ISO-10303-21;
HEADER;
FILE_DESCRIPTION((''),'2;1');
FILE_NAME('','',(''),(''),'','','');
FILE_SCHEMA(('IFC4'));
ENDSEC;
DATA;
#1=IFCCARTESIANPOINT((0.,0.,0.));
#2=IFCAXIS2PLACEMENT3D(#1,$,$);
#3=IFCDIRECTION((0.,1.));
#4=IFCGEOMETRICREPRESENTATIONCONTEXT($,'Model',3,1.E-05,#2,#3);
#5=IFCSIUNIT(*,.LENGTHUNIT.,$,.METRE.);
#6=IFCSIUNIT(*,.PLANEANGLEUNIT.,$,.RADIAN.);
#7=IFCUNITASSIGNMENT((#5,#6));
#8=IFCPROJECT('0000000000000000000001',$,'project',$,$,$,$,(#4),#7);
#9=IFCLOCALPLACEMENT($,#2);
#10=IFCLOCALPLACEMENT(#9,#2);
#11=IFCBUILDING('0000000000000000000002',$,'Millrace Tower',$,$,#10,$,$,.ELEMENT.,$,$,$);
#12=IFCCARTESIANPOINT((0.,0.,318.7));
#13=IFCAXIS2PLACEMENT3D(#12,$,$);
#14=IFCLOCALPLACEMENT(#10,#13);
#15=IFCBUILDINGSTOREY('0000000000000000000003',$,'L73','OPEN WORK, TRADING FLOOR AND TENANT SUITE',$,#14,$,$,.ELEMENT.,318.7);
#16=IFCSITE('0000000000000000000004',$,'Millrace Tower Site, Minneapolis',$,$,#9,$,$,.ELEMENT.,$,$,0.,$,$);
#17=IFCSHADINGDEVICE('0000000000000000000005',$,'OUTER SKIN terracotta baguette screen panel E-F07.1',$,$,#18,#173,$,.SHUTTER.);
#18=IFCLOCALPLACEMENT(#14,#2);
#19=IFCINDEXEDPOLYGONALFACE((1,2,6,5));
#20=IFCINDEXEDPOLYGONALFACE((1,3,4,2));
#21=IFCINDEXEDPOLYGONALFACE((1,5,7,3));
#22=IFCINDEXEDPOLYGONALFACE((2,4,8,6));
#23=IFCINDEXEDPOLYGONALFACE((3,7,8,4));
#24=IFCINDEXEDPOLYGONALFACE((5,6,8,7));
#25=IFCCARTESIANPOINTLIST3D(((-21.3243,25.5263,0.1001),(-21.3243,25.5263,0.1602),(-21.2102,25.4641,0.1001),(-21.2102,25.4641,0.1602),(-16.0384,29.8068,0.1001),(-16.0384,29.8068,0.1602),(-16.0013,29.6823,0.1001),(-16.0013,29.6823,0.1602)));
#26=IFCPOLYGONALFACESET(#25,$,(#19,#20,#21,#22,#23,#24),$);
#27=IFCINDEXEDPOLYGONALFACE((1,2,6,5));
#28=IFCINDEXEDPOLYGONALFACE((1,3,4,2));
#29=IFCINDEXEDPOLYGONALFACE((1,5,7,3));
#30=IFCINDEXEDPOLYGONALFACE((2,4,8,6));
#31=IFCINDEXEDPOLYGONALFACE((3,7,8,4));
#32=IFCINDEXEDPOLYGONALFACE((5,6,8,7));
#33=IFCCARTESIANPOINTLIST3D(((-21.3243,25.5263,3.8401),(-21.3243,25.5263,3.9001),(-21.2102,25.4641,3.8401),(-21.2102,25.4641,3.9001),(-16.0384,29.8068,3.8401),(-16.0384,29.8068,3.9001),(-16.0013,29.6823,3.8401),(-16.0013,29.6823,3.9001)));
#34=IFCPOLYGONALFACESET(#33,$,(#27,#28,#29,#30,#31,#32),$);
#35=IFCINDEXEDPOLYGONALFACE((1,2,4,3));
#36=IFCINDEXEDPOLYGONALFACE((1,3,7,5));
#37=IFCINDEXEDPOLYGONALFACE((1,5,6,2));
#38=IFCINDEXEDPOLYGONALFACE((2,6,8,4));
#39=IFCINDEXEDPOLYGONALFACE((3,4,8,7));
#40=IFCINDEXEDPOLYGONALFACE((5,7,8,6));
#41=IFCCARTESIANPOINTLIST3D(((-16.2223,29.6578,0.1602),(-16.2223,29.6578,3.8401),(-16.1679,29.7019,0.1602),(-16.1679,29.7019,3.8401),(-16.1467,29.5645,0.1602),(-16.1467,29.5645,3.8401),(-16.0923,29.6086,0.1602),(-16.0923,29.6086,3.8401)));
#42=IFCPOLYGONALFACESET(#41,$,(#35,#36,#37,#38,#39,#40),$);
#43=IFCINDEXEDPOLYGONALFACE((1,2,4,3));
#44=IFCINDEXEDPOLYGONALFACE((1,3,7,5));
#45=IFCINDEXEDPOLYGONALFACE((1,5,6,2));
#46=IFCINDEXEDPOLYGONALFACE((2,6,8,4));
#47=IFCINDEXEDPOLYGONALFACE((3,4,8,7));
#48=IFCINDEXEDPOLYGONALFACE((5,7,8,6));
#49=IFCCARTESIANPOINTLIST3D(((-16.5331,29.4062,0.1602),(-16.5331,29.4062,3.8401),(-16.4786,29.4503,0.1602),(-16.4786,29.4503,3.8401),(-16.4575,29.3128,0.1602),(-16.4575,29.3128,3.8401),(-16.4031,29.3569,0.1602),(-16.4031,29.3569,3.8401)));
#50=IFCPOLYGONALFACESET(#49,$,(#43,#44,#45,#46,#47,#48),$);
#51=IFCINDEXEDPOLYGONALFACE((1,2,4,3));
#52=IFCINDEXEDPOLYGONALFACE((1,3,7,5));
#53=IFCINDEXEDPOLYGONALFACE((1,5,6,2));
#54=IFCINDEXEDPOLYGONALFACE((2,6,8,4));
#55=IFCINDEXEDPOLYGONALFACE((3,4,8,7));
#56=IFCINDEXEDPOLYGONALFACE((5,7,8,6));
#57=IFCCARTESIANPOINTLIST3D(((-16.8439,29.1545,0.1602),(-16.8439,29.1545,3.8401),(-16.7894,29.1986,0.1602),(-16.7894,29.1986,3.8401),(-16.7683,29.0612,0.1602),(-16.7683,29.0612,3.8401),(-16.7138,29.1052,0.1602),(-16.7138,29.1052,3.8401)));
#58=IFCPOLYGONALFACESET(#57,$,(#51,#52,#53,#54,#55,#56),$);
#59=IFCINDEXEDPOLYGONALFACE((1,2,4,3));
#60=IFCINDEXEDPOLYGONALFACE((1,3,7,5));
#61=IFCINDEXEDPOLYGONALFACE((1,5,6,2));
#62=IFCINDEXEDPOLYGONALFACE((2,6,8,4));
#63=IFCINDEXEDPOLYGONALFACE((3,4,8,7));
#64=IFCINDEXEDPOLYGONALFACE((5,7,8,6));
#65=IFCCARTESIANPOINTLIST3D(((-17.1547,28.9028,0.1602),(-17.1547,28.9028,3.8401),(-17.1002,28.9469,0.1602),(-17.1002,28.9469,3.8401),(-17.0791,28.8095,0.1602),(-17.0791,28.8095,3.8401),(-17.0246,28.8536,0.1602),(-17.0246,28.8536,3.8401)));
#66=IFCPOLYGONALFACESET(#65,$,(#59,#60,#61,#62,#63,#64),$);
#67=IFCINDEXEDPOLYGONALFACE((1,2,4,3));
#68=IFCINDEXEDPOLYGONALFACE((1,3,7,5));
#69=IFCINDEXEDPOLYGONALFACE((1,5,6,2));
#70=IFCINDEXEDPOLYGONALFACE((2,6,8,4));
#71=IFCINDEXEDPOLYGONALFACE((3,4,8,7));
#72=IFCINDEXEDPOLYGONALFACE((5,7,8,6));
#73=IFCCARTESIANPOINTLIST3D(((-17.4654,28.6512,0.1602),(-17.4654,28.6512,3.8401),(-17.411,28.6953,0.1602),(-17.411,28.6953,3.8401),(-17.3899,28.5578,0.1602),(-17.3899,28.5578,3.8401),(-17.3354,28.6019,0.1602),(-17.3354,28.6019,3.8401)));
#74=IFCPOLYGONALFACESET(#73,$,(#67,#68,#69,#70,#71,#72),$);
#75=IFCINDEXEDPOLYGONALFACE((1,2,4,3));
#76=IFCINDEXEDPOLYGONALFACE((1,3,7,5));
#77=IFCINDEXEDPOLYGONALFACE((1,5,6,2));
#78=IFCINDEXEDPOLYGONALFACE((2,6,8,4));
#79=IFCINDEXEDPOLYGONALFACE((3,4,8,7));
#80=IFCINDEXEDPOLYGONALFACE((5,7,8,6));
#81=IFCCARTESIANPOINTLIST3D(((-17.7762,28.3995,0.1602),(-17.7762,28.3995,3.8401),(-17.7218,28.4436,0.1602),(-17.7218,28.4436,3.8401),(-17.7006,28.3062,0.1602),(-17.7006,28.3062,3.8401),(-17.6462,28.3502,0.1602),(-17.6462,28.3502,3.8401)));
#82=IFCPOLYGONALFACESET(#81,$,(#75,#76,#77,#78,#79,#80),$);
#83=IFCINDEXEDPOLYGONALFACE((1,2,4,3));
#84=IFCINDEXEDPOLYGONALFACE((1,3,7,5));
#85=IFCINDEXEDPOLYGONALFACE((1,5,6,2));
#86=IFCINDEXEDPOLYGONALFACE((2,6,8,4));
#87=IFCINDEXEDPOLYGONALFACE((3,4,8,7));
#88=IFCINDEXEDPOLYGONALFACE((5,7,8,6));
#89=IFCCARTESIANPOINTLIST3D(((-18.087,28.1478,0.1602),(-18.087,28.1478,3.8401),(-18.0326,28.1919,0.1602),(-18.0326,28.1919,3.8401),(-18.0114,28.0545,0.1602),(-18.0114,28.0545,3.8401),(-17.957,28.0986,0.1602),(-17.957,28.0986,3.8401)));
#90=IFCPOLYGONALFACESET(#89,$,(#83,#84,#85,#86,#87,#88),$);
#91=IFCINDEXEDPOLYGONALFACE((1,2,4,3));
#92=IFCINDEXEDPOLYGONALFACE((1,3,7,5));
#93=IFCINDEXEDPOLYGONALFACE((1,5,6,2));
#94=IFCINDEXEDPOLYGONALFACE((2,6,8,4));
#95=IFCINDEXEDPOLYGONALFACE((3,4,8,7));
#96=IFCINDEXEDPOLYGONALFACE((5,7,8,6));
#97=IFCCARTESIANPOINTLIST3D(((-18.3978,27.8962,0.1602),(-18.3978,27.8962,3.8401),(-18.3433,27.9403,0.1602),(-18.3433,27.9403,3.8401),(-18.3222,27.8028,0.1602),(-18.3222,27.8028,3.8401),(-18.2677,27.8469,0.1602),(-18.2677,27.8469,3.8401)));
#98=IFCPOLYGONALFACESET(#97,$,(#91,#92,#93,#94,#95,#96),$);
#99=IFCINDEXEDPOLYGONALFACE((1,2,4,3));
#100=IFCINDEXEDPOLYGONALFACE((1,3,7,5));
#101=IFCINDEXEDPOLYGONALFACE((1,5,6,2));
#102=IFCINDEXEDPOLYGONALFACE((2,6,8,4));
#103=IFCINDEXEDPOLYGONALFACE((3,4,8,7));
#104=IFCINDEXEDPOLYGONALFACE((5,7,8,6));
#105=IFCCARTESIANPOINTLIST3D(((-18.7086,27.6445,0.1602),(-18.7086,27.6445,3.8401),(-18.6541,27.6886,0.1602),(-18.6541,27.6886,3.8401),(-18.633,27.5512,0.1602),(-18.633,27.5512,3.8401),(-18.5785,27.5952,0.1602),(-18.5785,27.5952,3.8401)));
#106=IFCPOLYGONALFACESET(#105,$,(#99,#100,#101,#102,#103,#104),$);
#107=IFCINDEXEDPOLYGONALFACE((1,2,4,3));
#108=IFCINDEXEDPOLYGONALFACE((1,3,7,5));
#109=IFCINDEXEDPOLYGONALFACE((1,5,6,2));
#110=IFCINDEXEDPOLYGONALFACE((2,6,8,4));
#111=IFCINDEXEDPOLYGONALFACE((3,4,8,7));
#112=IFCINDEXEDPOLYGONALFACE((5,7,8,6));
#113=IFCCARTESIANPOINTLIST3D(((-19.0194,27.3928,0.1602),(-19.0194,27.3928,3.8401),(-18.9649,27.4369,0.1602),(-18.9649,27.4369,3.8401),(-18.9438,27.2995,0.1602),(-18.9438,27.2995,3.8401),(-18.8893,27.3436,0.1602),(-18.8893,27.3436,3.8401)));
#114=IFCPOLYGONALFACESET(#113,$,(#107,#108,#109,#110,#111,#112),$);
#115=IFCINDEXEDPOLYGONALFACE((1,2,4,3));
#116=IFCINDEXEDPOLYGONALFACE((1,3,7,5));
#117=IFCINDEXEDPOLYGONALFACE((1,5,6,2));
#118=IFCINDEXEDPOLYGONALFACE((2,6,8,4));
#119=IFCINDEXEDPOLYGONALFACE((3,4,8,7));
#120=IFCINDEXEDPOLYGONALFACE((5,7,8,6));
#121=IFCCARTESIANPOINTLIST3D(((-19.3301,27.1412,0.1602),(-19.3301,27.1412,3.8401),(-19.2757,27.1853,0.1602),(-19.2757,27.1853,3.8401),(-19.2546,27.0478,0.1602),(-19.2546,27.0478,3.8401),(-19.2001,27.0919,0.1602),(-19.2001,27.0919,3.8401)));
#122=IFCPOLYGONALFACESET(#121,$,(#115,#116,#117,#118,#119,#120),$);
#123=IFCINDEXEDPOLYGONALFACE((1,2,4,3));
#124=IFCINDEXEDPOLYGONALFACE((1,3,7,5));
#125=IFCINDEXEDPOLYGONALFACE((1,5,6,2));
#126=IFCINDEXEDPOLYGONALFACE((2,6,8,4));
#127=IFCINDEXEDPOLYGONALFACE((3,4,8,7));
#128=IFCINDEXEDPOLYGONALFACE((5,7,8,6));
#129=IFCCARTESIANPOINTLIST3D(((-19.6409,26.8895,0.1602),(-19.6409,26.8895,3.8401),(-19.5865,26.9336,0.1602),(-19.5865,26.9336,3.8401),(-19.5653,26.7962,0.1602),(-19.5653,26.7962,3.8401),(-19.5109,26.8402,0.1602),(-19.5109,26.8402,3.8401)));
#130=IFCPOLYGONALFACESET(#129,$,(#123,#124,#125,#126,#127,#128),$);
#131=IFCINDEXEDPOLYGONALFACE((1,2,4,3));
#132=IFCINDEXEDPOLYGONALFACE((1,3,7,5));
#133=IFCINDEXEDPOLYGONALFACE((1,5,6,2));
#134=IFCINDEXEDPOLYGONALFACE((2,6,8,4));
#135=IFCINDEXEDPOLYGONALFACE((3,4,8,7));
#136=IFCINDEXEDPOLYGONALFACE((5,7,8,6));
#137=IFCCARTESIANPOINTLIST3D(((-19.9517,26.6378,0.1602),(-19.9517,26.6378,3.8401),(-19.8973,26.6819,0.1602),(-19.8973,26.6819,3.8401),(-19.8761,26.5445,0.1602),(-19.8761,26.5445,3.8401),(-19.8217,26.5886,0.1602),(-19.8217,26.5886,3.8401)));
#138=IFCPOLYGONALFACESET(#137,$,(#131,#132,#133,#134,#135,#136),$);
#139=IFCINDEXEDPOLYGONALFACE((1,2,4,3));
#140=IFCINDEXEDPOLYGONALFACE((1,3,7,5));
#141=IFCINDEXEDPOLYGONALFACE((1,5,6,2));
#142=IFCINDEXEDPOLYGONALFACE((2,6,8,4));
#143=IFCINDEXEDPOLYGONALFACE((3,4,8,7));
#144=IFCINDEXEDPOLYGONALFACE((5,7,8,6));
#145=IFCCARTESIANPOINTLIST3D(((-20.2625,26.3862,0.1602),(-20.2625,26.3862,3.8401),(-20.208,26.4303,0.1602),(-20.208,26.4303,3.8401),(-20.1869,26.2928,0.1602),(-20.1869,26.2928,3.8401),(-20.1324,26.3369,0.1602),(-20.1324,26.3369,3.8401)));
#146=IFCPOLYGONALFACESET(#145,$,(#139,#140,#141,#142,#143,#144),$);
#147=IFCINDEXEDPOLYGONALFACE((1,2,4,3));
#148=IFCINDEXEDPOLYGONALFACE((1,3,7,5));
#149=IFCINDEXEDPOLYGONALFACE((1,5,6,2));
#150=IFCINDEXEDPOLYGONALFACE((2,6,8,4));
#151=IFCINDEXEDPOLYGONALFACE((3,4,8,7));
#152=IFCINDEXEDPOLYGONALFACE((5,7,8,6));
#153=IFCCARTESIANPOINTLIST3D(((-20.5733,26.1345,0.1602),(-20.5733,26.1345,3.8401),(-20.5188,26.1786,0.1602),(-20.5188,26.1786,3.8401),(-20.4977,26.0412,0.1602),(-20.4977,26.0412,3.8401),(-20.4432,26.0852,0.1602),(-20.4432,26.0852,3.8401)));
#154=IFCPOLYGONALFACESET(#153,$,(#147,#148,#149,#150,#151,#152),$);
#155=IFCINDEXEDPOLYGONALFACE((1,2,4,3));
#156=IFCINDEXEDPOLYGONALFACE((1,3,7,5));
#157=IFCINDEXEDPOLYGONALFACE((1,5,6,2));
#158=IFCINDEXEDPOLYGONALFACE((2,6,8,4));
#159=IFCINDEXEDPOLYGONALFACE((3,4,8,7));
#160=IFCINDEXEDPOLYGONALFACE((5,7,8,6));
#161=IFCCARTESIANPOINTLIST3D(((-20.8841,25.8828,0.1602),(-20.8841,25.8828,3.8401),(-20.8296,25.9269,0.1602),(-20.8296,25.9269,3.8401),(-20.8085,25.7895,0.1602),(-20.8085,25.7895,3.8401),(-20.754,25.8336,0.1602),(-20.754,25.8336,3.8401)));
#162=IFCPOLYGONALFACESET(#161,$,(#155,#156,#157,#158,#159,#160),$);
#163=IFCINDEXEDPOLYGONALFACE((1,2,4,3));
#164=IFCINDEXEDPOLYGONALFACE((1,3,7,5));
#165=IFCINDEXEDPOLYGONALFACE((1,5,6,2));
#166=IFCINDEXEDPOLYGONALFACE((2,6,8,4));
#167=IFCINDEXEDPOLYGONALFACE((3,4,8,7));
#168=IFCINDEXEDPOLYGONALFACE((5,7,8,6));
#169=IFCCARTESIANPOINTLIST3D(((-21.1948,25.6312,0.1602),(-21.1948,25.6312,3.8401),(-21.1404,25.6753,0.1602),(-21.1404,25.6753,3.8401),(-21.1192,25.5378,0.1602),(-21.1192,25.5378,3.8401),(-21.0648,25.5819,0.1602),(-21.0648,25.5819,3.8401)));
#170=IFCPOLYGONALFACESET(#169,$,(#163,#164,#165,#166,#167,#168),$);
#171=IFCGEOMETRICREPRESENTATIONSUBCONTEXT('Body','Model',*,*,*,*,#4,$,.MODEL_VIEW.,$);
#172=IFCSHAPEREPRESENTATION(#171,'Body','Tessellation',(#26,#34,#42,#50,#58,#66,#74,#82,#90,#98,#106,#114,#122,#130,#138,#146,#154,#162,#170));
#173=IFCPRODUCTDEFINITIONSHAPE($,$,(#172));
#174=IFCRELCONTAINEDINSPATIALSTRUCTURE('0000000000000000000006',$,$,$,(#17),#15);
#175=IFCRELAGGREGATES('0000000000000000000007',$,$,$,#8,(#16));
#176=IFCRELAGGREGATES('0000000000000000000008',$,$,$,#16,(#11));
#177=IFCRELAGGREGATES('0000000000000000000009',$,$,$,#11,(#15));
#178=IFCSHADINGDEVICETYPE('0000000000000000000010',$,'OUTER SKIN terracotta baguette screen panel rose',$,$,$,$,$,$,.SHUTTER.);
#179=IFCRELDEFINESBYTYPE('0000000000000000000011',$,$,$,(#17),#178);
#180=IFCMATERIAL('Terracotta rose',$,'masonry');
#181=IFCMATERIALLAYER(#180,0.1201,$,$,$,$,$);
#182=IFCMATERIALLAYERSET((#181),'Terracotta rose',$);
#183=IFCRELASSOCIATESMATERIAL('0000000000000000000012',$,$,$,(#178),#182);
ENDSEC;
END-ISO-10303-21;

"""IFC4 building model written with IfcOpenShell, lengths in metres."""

from ifc_helpers import new_model, entity, si_unit, direction, frame, frame_2d, origin, origin_2d, place, context, subcontext, project, spatial, rectangle, extrude, source, transform, mapped, material, layer, layer_set, type_object, element, save


model = new_model("IFC4")

# Units and contexts
model_context = context("Model", 3, precision=1e-05, world=origin(), true_north=direction((0.0, 1.0)))
body_context = subcontext(model_context, "Body", "Model", "MODEL_VIEW")
ifc_project = project(units=[si_unit("LENGTHUNIT", "METRE"), si_unit("PLANEANGLEUNIT", "RADIAN")], contexts=[model_context])

# Site, building, storey
site_placement = place(None, origin())
site = spatial("IfcSite", under=ifc_project, at=site_placement, Name="Millrace Tower Site, Minneapolis", CompositionType="ELEMENT", RefElevation=0.0)
building_placement = place(site_placement, origin())
building = spatial("IfcBuilding", under=site, at=building_placement, Name="Millrace Tower", CompositionType="ELEMENT")
storey_placement = place(building_placement, frame((0.0, 0.0, 318.7)))
storey = spatial("IfcBuildingStorey", under=building, at=storey_placement, Name="L73", Description="OPEN WORK, TRADING FLOOR AND TENANT SUITE", CompositionType="ELEMENT", Elevation=318.7)

# Shading device
ifc_material_1 = material(Name="Terracotta rose", Category="masonry")
ifc_layer_1 = layer(ifc_material_1, 0.1201)
ifc_layer_set_1 = layer_set([ifc_layer_1], Name="Terracotta rose")
shading_device_type = type_object("IfcShadingDeviceType", Name="OUTER SKIN terracotta baguette screen panel rose", PredefinedType="SHUTTER", material=ifc_layer_set_1)
cartesian_point_1 = entity("IfcCartesianPoint", [-3.3513, 0.0601])
shared_polyline_1 = entity("IfcPolyline", [cartesian_point_1, entity("IfcCartesianPoint", [3.3513, 0.0601]), entity("IfcCartesianPoint", [3.4009, -0.0601]), entity("IfcCartesianPoint", [-3.4009, -0.0601]), cartesian_point_1])
shared_shape_1 = source(origin(), body_context, "Body", "SweptSolid", [
    entity("IfcExtrudedAreaSolid", entity("IfcArbitraryClosedProfileDef", "AREA", None, shared_polyline_1), entity("IfcAxis2Placement3D", entity("IfcCartesianPoint", [0.0, 0.0, 0.0])), entity("IfcDirection", [0.0, 0.0, 1.0]), 0.0601),
    entity("IfcExtrudedAreaSolid", entity("IfcArbitraryClosedProfileDef", "AREA", None, shared_polyline_1), entity("IfcAxis2Placement3D", entity("IfcCartesianPoint", [0.0, 0.0, 3.74])), entity("IfcDirection", [0.0, 0.0, 1.0]), 0.0601),
    extrude(rectangle(XDim=0.0701, YDim=0.1201, at=frame_2d((-3.1992, 0.0))), frame((0.0, 0.0, 0.0601)), (0.0, 0.0, 1.0), 3.6799),
    extrude(rectangle(XDim=0.0701, YDim=0.1201, at=frame_2d((-2.7993, 0.0))), frame((0.0, 0.0, 0.0601)), (0.0, 0.0, 1.0), 3.6799),
    extrude(rectangle(XDim=0.0701, YDim=0.1201, at=frame_2d((-2.3994, 0.0))), frame((0.0, 0.0, 0.0601)), (0.0, 0.0, 1.0), 3.6799),
    extrude(rectangle(XDim=0.0701, YDim=0.1201, at=frame_2d((-1.9995, 0.0))), frame((0.0, 0.0, 0.0601)), (0.0, 0.0, 1.0), 3.6799),
    extrude(rectangle(XDim=0.0701, YDim=0.1201, at=frame_2d((-1.5996, 0.0))), frame((0.0, 0.0, 0.0601)), (0.0, 0.0, 1.0), 3.6799),
    extrude(rectangle(XDim=0.0701, YDim=0.1201, at=frame_2d((-1.1997, 0.0))), frame((0.0, 0.0, 0.0601)), (0.0, 0.0, 1.0), 3.6799),
    extrude(rectangle(XDim=0.0701, YDim=0.1201, at=frame_2d((-0.7998, 0.0))), frame((0.0, 0.0, 0.0601)), (0.0, 0.0, 1.0), 3.6799),
    extrude(rectangle(XDim=0.0701, YDim=0.1201, at=frame_2d((-0.3999, 0.0))), frame((0.0, 0.0, 0.0601)), (0.0, 0.0, 1.0), 3.6799),
    extrude(rectangle(XDim=0.0701, YDim=0.1201, at=origin_2d()), frame((0.0, 0.0, 0.0601)), (0.0, 0.0, 1.0), 3.6799),
    extrude(rectangle(XDim=0.0701, YDim=0.1201, at=frame_2d((0.3999, 0.0))), frame((0.0, 0.0, 0.0601)), (0.0, 0.0, 1.0), 3.6799),
    extrude(rectangle(XDim=0.0701, YDim=0.1201, at=frame_2d((0.7998, 0.0))), frame((0.0, 0.0, 0.0601)), (0.0, 0.0, 1.0), 3.6799),
    extrude(rectangle(XDim=0.0701, YDim=0.1201, at=frame_2d((1.1997, 0.0))), frame((0.0, 0.0, 0.0601)), (0.0, 0.0, 1.0), 3.6799),
    extrude(rectangle(XDim=0.0701, YDim=0.1201, at=frame_2d((1.5996, 0.0))), frame((0.0, 0.0, 0.0601)), (0.0, 0.0, 1.0), 3.6799),
    extrude(rectangle(XDim=0.0701, YDim=0.1201, at=frame_2d((1.9995, 0.0))), frame((0.0, 0.0, 0.0601)), (0.0, 0.0, 1.0), 3.6799),
    extrude(rectangle(XDim=0.0701, YDim=0.1201, at=frame_2d((2.3994, 0.0))), frame((0.0, 0.0, 0.0601)), (0.0, 0.0, 1.0), 3.6799),
    extrude(rectangle(XDim=0.0701, YDim=0.1201, at=frame_2d((2.7993, 0.0))), frame((0.0, 0.0, 0.0601)), (0.0, 0.0, 1.0), 3.6799),
    extrude(rectangle(XDim=0.0701, YDim=0.1201, at=frame_2d((3.1992, 0.0))), frame((0.0, 0.0, 0.0601)), (0.0, 0.0, 1.0), 3.6799),
])
shading_device_1_placement = place(storey_placement, frame((-18.6436, 27.6199, 0.1001), z_axis=(0.0, 0.0, 1.0), x_axis=(-0.777146, -0.62932, 0.0)))
element("IfcShadingDevice", 1, at=shading_device_1_placement, inside=storey, type_object=shading_device_type, Name="OUTER SKIN terracotta baguette screen panel E-F07.1", PredefinedType="SHUTTER", context=body_context, shape_type="MappedRepresentation", body=[
    mapped(shared_shape_1, transform((0.0, 0.0, 0.0), scale=1.0)),
])

save(model, "model.ifc")
